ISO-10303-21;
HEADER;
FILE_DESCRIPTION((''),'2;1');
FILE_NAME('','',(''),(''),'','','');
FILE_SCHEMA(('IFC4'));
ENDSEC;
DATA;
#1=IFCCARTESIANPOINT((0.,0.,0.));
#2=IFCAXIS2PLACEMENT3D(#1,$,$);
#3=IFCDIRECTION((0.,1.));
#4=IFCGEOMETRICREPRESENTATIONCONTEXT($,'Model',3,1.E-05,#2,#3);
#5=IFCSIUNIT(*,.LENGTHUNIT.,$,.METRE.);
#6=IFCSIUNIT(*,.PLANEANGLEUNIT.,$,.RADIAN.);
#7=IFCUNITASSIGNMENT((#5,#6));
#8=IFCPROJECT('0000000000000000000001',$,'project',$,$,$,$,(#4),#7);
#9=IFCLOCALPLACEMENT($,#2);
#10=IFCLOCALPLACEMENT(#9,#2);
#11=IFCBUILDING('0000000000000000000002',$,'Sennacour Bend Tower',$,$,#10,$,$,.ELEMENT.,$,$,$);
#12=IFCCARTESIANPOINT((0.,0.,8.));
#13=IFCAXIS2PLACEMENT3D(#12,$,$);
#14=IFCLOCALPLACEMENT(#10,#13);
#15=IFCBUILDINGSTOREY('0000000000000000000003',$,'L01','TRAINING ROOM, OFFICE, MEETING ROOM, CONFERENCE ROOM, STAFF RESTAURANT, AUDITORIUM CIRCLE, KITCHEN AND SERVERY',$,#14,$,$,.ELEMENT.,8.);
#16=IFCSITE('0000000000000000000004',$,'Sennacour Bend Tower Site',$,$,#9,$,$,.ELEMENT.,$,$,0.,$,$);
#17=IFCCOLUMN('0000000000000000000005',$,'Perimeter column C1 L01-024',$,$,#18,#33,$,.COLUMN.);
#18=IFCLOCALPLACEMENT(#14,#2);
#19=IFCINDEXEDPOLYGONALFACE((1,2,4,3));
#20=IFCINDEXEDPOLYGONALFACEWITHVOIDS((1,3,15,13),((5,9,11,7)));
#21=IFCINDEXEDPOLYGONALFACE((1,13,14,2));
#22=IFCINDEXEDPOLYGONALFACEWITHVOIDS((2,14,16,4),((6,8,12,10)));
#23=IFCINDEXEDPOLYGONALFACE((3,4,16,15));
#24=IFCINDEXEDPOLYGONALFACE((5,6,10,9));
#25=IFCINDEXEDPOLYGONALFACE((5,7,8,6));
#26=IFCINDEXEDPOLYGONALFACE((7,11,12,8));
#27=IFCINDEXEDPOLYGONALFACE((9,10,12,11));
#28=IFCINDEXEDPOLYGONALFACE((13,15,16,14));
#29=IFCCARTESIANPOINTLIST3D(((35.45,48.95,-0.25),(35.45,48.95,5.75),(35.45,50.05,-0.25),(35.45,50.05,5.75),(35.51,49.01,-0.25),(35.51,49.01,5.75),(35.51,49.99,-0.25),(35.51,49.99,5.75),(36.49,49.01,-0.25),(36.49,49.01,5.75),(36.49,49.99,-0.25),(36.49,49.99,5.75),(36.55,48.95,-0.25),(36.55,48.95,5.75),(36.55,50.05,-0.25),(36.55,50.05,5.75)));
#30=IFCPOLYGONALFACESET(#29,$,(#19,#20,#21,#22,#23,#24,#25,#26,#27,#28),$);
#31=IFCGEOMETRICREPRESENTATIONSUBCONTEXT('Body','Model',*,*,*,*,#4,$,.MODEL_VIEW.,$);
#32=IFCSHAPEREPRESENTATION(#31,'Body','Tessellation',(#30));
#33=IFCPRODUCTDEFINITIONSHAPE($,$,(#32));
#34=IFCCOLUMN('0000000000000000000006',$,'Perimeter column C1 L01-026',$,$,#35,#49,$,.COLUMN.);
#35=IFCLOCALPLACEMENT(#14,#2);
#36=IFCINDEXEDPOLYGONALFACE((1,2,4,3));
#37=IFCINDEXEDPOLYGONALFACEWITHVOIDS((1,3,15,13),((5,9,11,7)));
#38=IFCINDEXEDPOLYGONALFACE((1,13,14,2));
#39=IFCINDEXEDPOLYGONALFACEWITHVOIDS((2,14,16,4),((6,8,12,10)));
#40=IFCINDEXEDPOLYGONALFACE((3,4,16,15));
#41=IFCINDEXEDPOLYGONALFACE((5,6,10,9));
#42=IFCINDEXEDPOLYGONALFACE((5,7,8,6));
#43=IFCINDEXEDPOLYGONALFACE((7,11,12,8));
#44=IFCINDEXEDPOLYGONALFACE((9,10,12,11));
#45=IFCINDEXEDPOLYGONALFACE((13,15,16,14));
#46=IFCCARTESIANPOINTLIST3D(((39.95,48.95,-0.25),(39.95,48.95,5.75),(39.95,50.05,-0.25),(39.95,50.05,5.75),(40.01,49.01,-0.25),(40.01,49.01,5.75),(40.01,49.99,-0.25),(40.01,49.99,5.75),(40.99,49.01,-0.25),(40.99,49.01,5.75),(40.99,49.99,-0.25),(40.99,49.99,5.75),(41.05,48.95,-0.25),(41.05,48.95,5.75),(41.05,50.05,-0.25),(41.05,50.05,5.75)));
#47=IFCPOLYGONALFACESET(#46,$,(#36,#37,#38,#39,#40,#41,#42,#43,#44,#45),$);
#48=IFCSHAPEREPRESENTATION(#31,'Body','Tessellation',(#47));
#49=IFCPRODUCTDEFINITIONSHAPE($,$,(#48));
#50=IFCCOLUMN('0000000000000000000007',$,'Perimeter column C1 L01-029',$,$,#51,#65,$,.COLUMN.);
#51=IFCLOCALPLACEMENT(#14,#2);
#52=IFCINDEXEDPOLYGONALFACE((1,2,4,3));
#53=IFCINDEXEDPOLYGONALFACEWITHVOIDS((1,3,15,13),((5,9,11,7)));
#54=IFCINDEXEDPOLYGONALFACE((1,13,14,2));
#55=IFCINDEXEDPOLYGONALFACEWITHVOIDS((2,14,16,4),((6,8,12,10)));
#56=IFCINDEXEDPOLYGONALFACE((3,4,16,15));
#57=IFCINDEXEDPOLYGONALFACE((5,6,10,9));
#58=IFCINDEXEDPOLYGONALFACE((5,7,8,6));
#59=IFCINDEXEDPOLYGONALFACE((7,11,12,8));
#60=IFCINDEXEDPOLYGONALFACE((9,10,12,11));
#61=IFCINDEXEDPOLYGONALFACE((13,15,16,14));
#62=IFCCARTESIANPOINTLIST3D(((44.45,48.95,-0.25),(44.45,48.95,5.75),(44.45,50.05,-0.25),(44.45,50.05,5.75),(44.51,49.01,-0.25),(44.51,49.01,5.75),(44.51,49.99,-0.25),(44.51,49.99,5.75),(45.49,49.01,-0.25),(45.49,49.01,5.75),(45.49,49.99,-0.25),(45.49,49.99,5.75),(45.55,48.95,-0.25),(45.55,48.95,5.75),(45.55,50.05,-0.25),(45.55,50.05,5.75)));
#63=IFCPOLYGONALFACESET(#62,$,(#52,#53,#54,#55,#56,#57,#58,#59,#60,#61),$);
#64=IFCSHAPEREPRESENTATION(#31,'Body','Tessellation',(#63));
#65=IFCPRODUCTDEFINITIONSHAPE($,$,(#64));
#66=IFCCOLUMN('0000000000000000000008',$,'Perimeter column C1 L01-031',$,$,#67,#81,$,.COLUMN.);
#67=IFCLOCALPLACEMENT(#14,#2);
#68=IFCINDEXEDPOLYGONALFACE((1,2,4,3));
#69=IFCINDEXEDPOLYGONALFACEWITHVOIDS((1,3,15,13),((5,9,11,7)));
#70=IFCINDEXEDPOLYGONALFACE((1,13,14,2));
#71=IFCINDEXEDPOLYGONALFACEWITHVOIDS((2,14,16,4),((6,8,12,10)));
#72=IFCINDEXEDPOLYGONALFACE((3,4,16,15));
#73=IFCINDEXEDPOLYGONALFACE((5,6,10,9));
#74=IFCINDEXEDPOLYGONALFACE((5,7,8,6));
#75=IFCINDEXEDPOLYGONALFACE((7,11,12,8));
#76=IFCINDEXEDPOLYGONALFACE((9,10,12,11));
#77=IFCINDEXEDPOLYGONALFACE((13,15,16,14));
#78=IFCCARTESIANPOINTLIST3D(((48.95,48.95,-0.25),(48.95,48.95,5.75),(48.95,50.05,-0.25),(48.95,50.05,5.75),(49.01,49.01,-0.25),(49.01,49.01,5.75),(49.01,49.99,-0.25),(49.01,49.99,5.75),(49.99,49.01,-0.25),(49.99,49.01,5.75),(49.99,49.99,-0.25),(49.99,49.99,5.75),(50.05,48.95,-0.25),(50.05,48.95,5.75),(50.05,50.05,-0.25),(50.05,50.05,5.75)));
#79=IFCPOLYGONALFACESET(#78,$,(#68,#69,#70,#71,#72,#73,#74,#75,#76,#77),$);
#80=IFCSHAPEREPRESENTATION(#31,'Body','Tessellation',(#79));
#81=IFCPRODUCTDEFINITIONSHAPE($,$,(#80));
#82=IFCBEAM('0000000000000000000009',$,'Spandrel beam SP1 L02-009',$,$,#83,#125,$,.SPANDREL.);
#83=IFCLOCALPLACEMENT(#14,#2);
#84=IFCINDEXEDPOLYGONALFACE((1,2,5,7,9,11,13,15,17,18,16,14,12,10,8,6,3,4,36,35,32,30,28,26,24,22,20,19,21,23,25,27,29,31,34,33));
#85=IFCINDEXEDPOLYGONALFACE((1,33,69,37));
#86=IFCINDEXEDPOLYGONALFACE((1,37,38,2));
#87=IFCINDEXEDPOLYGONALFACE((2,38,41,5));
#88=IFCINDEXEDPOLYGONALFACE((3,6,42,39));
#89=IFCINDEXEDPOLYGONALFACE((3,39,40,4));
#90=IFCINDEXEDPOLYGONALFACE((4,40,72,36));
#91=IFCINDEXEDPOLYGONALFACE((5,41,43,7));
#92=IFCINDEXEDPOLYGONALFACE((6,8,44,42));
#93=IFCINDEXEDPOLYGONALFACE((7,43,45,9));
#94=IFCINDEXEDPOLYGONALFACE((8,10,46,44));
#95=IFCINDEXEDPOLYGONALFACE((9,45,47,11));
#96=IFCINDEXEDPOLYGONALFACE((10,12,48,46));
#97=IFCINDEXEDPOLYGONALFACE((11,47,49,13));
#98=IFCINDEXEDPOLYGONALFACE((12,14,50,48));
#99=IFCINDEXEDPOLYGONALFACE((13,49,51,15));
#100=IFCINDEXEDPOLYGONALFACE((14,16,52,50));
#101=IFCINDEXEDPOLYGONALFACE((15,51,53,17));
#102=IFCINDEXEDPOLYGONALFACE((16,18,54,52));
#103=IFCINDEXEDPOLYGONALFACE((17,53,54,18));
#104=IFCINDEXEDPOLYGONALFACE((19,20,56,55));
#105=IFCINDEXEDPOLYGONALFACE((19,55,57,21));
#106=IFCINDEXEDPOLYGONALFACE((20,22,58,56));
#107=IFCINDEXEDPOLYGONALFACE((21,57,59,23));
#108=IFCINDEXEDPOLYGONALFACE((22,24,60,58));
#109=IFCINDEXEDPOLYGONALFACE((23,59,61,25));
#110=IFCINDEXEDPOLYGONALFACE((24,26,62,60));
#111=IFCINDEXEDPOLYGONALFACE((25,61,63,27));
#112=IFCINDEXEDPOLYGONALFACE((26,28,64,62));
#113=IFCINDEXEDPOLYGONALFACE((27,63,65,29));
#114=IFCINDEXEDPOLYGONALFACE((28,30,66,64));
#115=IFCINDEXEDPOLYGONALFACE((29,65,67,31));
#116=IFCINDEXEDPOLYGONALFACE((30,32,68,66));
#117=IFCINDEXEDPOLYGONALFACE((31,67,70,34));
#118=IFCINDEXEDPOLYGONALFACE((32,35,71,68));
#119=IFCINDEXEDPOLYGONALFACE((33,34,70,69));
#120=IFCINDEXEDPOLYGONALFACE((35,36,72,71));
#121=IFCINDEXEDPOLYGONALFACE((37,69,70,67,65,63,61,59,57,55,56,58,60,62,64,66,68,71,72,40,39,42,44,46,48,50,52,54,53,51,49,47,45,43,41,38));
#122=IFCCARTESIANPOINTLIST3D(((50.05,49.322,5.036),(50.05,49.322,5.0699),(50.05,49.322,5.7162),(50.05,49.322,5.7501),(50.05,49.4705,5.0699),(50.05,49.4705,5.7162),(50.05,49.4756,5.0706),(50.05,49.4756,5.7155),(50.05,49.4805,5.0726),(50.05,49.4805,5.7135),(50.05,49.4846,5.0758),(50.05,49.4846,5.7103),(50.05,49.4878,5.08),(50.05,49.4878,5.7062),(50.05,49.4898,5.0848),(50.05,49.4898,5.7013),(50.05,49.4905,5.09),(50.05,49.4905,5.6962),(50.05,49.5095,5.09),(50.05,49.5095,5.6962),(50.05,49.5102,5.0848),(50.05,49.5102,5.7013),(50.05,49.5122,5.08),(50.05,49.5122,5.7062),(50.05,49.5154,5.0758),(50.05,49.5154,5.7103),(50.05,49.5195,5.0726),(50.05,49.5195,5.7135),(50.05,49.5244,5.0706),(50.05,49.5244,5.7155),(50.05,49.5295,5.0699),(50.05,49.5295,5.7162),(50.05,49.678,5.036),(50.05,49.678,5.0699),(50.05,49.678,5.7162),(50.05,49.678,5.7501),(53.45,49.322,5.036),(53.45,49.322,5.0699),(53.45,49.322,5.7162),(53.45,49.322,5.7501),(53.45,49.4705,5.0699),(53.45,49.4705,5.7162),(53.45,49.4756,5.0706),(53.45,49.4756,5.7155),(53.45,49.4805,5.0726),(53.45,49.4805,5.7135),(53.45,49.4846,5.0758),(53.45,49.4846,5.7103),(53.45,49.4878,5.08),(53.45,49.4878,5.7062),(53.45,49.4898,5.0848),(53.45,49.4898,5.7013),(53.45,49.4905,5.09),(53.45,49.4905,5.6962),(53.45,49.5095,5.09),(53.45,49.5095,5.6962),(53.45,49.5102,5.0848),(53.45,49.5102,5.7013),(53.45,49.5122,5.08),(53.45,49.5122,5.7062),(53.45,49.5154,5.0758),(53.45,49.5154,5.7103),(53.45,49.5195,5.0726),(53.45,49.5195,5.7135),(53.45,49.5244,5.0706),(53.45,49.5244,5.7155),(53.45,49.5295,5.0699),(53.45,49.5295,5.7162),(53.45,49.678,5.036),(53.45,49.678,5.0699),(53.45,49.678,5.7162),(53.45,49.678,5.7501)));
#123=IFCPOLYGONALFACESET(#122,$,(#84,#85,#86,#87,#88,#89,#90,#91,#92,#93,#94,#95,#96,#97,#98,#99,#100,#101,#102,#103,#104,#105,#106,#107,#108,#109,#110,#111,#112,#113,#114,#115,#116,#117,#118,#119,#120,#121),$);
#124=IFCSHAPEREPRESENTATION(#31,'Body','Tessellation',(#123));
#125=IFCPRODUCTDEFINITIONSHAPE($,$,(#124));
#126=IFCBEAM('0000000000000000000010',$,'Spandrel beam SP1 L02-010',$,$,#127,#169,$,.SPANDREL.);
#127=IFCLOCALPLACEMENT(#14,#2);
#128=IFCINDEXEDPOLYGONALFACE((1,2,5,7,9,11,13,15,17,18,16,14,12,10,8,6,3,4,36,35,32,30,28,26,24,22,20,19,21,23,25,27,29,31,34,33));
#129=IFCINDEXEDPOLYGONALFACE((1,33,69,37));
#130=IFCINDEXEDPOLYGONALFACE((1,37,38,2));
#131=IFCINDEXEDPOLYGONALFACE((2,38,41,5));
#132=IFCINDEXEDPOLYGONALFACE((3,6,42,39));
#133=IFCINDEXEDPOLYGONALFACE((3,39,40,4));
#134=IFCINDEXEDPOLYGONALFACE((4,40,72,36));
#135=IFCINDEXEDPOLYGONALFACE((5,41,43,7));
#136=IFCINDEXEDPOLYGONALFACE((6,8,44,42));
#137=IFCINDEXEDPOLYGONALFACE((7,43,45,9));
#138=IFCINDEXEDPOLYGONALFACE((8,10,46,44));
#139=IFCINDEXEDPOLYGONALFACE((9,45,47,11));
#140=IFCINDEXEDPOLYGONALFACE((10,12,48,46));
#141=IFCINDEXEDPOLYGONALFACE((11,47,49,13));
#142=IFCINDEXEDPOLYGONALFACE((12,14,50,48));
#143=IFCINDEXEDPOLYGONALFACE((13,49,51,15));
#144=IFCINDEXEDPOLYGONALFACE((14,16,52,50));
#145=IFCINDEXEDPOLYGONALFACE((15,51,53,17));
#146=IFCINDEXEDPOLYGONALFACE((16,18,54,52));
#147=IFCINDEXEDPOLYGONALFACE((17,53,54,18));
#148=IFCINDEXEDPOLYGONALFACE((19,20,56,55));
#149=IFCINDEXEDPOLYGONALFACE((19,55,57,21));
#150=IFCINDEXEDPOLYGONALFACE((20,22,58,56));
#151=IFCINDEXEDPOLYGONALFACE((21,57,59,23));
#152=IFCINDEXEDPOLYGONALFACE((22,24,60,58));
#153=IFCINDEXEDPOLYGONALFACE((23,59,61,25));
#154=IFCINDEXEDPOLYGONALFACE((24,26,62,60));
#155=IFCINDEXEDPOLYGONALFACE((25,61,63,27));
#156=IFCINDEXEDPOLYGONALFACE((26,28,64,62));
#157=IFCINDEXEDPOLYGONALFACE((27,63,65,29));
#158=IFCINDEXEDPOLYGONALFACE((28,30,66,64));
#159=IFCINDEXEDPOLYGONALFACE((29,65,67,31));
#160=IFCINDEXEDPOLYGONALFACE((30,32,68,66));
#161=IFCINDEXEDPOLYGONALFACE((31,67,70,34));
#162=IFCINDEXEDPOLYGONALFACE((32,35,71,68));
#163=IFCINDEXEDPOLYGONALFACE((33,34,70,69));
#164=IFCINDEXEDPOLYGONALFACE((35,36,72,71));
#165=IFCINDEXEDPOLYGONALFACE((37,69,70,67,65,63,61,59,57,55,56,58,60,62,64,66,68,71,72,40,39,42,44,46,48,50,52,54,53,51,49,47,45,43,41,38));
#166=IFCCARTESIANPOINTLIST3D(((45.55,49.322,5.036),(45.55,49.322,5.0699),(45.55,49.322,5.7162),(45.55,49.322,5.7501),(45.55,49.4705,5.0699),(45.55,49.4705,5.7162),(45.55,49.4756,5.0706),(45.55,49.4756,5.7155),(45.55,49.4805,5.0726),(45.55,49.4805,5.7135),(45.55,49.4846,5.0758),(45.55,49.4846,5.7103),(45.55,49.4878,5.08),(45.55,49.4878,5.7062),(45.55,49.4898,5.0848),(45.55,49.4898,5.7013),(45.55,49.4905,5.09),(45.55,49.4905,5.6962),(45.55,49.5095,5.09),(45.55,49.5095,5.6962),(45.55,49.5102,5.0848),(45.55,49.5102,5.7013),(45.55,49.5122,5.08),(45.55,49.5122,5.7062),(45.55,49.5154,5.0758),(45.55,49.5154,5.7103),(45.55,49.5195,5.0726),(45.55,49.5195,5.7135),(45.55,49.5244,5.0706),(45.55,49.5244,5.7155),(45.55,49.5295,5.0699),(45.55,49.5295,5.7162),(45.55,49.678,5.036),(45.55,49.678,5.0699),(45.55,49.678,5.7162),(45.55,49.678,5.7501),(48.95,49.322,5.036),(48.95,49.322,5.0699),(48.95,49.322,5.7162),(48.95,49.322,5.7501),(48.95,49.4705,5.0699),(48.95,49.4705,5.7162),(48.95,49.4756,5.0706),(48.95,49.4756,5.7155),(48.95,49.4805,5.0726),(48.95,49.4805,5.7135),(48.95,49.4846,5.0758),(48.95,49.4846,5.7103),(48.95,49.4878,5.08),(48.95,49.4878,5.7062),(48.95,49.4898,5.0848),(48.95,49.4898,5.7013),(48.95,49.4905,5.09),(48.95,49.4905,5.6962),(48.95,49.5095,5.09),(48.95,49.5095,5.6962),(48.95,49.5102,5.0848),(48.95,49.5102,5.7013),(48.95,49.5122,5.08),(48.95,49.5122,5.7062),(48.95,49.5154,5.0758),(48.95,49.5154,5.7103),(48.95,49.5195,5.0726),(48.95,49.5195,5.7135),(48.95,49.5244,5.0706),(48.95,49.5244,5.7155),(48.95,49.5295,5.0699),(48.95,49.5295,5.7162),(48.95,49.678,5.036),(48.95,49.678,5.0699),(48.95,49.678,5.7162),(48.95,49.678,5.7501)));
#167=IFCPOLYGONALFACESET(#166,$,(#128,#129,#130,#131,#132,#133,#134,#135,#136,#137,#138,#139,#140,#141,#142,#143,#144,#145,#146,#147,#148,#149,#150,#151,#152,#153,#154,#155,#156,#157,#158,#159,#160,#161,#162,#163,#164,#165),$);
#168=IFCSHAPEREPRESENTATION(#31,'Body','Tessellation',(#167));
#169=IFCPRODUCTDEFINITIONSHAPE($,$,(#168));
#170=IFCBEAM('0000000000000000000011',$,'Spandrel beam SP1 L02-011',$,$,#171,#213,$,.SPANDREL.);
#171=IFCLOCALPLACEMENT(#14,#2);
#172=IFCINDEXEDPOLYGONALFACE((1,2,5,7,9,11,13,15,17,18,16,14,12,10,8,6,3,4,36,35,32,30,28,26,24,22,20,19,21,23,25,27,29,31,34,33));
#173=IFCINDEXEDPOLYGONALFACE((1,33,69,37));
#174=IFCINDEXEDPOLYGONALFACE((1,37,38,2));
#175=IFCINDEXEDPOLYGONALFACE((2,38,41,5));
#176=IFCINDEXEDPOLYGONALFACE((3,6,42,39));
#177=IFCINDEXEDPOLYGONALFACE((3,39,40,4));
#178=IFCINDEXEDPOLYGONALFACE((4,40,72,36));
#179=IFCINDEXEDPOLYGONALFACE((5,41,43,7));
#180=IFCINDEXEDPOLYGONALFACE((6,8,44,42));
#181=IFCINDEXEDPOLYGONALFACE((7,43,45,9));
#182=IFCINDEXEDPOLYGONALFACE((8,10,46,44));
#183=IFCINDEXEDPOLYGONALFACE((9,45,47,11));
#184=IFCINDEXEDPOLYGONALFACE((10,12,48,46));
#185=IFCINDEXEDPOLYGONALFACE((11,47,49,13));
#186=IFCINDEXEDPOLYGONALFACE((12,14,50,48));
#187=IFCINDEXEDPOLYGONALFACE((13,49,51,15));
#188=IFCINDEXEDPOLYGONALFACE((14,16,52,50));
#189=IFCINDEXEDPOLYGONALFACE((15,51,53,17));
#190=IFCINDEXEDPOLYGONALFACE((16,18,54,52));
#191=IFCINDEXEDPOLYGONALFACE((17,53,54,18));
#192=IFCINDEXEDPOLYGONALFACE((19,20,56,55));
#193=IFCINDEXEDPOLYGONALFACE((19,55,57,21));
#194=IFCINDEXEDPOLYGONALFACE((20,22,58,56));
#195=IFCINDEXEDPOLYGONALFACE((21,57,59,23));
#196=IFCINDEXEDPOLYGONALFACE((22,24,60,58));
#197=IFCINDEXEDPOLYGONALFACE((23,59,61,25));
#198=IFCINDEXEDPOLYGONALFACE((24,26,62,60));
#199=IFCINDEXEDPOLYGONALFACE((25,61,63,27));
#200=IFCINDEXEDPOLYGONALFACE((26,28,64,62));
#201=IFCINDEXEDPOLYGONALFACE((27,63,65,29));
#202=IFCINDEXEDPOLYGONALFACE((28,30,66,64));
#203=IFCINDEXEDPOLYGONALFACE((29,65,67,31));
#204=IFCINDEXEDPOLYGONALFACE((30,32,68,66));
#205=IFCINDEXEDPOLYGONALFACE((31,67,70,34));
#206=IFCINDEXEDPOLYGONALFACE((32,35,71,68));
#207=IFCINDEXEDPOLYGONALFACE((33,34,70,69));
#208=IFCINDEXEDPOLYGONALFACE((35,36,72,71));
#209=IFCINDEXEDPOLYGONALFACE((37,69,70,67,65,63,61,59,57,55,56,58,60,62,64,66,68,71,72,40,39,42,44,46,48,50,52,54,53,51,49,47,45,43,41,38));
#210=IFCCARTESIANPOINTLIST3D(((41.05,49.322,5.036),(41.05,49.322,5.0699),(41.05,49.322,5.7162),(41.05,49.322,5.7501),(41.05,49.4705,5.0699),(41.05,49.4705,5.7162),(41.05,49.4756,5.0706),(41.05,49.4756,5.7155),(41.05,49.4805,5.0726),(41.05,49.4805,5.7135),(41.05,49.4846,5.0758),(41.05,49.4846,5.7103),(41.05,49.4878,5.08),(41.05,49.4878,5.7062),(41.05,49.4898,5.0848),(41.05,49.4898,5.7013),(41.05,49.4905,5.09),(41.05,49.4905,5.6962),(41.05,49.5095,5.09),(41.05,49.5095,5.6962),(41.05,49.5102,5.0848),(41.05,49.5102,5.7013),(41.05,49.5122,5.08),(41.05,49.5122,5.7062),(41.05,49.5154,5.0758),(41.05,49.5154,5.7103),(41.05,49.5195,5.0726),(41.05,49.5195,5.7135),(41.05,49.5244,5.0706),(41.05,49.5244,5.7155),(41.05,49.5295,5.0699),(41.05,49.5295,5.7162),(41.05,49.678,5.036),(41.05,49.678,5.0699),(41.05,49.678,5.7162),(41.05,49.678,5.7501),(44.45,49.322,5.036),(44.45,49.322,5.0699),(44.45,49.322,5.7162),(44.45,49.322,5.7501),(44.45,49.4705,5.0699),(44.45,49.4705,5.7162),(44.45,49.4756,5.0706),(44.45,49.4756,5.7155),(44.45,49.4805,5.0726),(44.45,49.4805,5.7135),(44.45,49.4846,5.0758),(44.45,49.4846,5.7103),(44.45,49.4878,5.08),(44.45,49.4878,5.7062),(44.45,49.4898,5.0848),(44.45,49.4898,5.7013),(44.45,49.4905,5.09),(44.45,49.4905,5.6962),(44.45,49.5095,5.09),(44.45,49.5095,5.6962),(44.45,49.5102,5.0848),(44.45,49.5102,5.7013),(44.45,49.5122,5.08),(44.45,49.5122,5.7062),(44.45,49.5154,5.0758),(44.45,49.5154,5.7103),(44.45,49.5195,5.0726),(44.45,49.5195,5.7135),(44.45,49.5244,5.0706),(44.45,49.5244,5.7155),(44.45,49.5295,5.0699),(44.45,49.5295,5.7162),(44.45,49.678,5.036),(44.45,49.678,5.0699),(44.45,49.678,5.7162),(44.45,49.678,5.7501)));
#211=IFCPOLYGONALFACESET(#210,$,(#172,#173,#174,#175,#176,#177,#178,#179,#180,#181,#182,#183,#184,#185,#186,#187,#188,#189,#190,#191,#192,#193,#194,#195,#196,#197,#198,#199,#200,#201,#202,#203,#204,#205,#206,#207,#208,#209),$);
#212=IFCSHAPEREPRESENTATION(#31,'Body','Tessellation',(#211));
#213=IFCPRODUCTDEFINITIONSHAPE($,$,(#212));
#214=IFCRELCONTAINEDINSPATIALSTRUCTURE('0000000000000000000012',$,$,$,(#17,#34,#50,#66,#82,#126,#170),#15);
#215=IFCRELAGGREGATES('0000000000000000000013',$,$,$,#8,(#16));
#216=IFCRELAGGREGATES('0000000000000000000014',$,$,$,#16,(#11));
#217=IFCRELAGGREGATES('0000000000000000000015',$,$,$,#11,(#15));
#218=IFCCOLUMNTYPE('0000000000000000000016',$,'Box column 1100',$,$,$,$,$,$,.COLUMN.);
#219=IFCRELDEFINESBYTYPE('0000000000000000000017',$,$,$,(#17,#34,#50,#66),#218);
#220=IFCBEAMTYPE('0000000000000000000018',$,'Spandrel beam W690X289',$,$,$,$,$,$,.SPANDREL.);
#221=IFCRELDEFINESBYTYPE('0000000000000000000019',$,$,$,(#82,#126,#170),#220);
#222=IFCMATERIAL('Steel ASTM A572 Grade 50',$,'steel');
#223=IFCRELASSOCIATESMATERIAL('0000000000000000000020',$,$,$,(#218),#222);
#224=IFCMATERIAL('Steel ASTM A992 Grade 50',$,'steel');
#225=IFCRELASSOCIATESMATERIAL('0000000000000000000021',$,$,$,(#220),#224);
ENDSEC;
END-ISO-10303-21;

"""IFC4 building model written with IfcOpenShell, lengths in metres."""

from ifc_helpers import new_model, si_unit, direction, frame, origin, origin_2d, place, context, subcontext, project, spatial, hollow_rectangle, i_section, extrude, material, material_profile, profile_set, type_object, element, save


model = new_model("IFC4")

# Units and contexts
model_context = context("Model", 3, precision=1e-05, world=origin(), true_north=direction((0.0, 1.0)))
body_context = subcontext(model_context, "Body", "Model", "MODEL_VIEW")
ifc_project = project(units=[si_unit("LENGTHUNIT", "METRE"), si_unit("PLANEANGLEUNIT", "RADIAN")], contexts=[model_context])

# Site, building, storey
site_placement = place(None, origin())
site = spatial("IfcSite", under=ifc_project, at=site_placement, Name="Sennacour Bend Tower Site", CompositionType="ELEMENT", RefElevation=0.0)
building_placement = place(site_placement, origin())
building = spatial("IfcBuilding", under=site, at=building_placement, Name="Sennacour Bend Tower", CompositionType="ELEMENT")
storey_placement = place(building_placement, frame((0.0, 0.0, 8.0)))
storey = spatial("IfcBuildingStorey", under=building, at=storey_placement, Name="L01", Description="TRAINING ROOM, OFFICE, MEETING ROOM, CONFERENCE ROOM, STAFF RESTAURANT, AUDITORIUM CIRCLE, KITCHEN AND SERVERY", CompositionType="ELEMENT", Elevation=8.0)

# Columns
ifc_material_1 = material(Name="Steel ASTM A572 Grade 50", Category="steel")
ifc_material_profile_1 = material_profile(ifc_material_1, hollow_rectangle(XDim=1.1001, YDim=1.1001, WallThickness=0.0601, at=origin_2d()), Name="Steel ASTM A572 Grade 50", Category="steel")
ifc_profile_set_1 = profile_set([ifc_material_profile_1], Name="Steel ASTM A572 Grade 50")
column_type = type_object("IfcColumnType", Name="Box column 1100", PredefinedType="COLUMN", material=ifc_profile_set_1)
for number, where, z_axis, x_axis, name in (
    (1, (36.0, 49.5, -0.25), (0.0, 0.0, 1.0), (1.0, 0.0, 0.0), "Perimeter column C1 L01-024"),
    (2, (40.5, 49.5, -0.25), (0.0, 0.0, 1.0), (1.0, 0.0, 0.0), "Perimeter column C1 L01-026"),
    (3, (45.0, 49.5, -0.25), (0.0, 0.0, 1.0), (1.0, 0.0, 0.0), "Perimeter column C1 L01-029"),
    (4, (49.5, 49.5, -0.25), (0.0, 0.0, 1.0), (1.0, 0.0, 0.0), "Perimeter column C1 L01-031"),
):
    element("IfcColumn", number, at=place(storey_placement, frame(where, z_axis=z_axis, x_axis=x_axis)), inside=storey, type_object=column_type, Name=name, PredefinedType="COLUMN", context=body_context, shape_type="SweptSolid", body=[
        extrude(hollow_rectangle(XDim=1.1001, YDim=1.1001, WallThickness=0.0601, at=origin_2d()), origin(), (0.0, 0.0, 1.0), 6.0),
    ])

# Beams
ifc_material_2 = material(Name="Steel ASTM A992 Grade 50", Category="steel")
ifc_material_profile_2 = material_profile(ifc_material_2, i_section(OverallWidth=0.356, OverallDepth=0.7141, WebThickness=0.019, FlangeThickness=0.0339, FilletRadius=0.02, at=origin_2d()), Name="Steel ASTM A992 Grade 50", Category="steel")
ifc_profile_set_2 = profile_set([ifc_material_profile_2], Name="Steel ASTM A992 Grade 50")
beam_type = type_object("IfcBeamType", Name="Spandrel beam W690X289", PredefinedType="SPANDREL", material=ifc_profile_set_2)
for number, where, z_axis, x_axis, name in (
    (5, (53.45, 49.5, 5.3931), (-1.0, 0.0, 0.0), (0.0, -1.0, 0.0), "Spandrel beam SP1 L02-009"),
    (6, (48.95, 49.5, 5.3931), (-1.0, 0.0, 0.0), (0.0, -1.0, 0.0), "Spandrel beam SP1 L02-010"),
    (7, (44.45, 49.5, 5.3931), (-1.0, 0.0, 0.0), (0.0, -1.0, 0.0), "Spandrel beam SP1 L02-011"),
):
    element("IfcBeam", number, at=place(storey_placement, frame(where, z_axis=z_axis, x_axis=x_axis)), inside=storey, type_object=beam_type, Name=name, PredefinedType="SPANDREL", context=body_context, shape_type="SweptSolid", body=[
        extrude(i_section(OverallWidth=0.356, OverallDepth=0.7141, WebThickness=0.019, FlangeThickness=0.0339, FilletRadius=0.02, at=origin_2d()), origin(), (0.0, 0.0, 1.0), 3.3999),
    ])

save(model, "model.ifc")
